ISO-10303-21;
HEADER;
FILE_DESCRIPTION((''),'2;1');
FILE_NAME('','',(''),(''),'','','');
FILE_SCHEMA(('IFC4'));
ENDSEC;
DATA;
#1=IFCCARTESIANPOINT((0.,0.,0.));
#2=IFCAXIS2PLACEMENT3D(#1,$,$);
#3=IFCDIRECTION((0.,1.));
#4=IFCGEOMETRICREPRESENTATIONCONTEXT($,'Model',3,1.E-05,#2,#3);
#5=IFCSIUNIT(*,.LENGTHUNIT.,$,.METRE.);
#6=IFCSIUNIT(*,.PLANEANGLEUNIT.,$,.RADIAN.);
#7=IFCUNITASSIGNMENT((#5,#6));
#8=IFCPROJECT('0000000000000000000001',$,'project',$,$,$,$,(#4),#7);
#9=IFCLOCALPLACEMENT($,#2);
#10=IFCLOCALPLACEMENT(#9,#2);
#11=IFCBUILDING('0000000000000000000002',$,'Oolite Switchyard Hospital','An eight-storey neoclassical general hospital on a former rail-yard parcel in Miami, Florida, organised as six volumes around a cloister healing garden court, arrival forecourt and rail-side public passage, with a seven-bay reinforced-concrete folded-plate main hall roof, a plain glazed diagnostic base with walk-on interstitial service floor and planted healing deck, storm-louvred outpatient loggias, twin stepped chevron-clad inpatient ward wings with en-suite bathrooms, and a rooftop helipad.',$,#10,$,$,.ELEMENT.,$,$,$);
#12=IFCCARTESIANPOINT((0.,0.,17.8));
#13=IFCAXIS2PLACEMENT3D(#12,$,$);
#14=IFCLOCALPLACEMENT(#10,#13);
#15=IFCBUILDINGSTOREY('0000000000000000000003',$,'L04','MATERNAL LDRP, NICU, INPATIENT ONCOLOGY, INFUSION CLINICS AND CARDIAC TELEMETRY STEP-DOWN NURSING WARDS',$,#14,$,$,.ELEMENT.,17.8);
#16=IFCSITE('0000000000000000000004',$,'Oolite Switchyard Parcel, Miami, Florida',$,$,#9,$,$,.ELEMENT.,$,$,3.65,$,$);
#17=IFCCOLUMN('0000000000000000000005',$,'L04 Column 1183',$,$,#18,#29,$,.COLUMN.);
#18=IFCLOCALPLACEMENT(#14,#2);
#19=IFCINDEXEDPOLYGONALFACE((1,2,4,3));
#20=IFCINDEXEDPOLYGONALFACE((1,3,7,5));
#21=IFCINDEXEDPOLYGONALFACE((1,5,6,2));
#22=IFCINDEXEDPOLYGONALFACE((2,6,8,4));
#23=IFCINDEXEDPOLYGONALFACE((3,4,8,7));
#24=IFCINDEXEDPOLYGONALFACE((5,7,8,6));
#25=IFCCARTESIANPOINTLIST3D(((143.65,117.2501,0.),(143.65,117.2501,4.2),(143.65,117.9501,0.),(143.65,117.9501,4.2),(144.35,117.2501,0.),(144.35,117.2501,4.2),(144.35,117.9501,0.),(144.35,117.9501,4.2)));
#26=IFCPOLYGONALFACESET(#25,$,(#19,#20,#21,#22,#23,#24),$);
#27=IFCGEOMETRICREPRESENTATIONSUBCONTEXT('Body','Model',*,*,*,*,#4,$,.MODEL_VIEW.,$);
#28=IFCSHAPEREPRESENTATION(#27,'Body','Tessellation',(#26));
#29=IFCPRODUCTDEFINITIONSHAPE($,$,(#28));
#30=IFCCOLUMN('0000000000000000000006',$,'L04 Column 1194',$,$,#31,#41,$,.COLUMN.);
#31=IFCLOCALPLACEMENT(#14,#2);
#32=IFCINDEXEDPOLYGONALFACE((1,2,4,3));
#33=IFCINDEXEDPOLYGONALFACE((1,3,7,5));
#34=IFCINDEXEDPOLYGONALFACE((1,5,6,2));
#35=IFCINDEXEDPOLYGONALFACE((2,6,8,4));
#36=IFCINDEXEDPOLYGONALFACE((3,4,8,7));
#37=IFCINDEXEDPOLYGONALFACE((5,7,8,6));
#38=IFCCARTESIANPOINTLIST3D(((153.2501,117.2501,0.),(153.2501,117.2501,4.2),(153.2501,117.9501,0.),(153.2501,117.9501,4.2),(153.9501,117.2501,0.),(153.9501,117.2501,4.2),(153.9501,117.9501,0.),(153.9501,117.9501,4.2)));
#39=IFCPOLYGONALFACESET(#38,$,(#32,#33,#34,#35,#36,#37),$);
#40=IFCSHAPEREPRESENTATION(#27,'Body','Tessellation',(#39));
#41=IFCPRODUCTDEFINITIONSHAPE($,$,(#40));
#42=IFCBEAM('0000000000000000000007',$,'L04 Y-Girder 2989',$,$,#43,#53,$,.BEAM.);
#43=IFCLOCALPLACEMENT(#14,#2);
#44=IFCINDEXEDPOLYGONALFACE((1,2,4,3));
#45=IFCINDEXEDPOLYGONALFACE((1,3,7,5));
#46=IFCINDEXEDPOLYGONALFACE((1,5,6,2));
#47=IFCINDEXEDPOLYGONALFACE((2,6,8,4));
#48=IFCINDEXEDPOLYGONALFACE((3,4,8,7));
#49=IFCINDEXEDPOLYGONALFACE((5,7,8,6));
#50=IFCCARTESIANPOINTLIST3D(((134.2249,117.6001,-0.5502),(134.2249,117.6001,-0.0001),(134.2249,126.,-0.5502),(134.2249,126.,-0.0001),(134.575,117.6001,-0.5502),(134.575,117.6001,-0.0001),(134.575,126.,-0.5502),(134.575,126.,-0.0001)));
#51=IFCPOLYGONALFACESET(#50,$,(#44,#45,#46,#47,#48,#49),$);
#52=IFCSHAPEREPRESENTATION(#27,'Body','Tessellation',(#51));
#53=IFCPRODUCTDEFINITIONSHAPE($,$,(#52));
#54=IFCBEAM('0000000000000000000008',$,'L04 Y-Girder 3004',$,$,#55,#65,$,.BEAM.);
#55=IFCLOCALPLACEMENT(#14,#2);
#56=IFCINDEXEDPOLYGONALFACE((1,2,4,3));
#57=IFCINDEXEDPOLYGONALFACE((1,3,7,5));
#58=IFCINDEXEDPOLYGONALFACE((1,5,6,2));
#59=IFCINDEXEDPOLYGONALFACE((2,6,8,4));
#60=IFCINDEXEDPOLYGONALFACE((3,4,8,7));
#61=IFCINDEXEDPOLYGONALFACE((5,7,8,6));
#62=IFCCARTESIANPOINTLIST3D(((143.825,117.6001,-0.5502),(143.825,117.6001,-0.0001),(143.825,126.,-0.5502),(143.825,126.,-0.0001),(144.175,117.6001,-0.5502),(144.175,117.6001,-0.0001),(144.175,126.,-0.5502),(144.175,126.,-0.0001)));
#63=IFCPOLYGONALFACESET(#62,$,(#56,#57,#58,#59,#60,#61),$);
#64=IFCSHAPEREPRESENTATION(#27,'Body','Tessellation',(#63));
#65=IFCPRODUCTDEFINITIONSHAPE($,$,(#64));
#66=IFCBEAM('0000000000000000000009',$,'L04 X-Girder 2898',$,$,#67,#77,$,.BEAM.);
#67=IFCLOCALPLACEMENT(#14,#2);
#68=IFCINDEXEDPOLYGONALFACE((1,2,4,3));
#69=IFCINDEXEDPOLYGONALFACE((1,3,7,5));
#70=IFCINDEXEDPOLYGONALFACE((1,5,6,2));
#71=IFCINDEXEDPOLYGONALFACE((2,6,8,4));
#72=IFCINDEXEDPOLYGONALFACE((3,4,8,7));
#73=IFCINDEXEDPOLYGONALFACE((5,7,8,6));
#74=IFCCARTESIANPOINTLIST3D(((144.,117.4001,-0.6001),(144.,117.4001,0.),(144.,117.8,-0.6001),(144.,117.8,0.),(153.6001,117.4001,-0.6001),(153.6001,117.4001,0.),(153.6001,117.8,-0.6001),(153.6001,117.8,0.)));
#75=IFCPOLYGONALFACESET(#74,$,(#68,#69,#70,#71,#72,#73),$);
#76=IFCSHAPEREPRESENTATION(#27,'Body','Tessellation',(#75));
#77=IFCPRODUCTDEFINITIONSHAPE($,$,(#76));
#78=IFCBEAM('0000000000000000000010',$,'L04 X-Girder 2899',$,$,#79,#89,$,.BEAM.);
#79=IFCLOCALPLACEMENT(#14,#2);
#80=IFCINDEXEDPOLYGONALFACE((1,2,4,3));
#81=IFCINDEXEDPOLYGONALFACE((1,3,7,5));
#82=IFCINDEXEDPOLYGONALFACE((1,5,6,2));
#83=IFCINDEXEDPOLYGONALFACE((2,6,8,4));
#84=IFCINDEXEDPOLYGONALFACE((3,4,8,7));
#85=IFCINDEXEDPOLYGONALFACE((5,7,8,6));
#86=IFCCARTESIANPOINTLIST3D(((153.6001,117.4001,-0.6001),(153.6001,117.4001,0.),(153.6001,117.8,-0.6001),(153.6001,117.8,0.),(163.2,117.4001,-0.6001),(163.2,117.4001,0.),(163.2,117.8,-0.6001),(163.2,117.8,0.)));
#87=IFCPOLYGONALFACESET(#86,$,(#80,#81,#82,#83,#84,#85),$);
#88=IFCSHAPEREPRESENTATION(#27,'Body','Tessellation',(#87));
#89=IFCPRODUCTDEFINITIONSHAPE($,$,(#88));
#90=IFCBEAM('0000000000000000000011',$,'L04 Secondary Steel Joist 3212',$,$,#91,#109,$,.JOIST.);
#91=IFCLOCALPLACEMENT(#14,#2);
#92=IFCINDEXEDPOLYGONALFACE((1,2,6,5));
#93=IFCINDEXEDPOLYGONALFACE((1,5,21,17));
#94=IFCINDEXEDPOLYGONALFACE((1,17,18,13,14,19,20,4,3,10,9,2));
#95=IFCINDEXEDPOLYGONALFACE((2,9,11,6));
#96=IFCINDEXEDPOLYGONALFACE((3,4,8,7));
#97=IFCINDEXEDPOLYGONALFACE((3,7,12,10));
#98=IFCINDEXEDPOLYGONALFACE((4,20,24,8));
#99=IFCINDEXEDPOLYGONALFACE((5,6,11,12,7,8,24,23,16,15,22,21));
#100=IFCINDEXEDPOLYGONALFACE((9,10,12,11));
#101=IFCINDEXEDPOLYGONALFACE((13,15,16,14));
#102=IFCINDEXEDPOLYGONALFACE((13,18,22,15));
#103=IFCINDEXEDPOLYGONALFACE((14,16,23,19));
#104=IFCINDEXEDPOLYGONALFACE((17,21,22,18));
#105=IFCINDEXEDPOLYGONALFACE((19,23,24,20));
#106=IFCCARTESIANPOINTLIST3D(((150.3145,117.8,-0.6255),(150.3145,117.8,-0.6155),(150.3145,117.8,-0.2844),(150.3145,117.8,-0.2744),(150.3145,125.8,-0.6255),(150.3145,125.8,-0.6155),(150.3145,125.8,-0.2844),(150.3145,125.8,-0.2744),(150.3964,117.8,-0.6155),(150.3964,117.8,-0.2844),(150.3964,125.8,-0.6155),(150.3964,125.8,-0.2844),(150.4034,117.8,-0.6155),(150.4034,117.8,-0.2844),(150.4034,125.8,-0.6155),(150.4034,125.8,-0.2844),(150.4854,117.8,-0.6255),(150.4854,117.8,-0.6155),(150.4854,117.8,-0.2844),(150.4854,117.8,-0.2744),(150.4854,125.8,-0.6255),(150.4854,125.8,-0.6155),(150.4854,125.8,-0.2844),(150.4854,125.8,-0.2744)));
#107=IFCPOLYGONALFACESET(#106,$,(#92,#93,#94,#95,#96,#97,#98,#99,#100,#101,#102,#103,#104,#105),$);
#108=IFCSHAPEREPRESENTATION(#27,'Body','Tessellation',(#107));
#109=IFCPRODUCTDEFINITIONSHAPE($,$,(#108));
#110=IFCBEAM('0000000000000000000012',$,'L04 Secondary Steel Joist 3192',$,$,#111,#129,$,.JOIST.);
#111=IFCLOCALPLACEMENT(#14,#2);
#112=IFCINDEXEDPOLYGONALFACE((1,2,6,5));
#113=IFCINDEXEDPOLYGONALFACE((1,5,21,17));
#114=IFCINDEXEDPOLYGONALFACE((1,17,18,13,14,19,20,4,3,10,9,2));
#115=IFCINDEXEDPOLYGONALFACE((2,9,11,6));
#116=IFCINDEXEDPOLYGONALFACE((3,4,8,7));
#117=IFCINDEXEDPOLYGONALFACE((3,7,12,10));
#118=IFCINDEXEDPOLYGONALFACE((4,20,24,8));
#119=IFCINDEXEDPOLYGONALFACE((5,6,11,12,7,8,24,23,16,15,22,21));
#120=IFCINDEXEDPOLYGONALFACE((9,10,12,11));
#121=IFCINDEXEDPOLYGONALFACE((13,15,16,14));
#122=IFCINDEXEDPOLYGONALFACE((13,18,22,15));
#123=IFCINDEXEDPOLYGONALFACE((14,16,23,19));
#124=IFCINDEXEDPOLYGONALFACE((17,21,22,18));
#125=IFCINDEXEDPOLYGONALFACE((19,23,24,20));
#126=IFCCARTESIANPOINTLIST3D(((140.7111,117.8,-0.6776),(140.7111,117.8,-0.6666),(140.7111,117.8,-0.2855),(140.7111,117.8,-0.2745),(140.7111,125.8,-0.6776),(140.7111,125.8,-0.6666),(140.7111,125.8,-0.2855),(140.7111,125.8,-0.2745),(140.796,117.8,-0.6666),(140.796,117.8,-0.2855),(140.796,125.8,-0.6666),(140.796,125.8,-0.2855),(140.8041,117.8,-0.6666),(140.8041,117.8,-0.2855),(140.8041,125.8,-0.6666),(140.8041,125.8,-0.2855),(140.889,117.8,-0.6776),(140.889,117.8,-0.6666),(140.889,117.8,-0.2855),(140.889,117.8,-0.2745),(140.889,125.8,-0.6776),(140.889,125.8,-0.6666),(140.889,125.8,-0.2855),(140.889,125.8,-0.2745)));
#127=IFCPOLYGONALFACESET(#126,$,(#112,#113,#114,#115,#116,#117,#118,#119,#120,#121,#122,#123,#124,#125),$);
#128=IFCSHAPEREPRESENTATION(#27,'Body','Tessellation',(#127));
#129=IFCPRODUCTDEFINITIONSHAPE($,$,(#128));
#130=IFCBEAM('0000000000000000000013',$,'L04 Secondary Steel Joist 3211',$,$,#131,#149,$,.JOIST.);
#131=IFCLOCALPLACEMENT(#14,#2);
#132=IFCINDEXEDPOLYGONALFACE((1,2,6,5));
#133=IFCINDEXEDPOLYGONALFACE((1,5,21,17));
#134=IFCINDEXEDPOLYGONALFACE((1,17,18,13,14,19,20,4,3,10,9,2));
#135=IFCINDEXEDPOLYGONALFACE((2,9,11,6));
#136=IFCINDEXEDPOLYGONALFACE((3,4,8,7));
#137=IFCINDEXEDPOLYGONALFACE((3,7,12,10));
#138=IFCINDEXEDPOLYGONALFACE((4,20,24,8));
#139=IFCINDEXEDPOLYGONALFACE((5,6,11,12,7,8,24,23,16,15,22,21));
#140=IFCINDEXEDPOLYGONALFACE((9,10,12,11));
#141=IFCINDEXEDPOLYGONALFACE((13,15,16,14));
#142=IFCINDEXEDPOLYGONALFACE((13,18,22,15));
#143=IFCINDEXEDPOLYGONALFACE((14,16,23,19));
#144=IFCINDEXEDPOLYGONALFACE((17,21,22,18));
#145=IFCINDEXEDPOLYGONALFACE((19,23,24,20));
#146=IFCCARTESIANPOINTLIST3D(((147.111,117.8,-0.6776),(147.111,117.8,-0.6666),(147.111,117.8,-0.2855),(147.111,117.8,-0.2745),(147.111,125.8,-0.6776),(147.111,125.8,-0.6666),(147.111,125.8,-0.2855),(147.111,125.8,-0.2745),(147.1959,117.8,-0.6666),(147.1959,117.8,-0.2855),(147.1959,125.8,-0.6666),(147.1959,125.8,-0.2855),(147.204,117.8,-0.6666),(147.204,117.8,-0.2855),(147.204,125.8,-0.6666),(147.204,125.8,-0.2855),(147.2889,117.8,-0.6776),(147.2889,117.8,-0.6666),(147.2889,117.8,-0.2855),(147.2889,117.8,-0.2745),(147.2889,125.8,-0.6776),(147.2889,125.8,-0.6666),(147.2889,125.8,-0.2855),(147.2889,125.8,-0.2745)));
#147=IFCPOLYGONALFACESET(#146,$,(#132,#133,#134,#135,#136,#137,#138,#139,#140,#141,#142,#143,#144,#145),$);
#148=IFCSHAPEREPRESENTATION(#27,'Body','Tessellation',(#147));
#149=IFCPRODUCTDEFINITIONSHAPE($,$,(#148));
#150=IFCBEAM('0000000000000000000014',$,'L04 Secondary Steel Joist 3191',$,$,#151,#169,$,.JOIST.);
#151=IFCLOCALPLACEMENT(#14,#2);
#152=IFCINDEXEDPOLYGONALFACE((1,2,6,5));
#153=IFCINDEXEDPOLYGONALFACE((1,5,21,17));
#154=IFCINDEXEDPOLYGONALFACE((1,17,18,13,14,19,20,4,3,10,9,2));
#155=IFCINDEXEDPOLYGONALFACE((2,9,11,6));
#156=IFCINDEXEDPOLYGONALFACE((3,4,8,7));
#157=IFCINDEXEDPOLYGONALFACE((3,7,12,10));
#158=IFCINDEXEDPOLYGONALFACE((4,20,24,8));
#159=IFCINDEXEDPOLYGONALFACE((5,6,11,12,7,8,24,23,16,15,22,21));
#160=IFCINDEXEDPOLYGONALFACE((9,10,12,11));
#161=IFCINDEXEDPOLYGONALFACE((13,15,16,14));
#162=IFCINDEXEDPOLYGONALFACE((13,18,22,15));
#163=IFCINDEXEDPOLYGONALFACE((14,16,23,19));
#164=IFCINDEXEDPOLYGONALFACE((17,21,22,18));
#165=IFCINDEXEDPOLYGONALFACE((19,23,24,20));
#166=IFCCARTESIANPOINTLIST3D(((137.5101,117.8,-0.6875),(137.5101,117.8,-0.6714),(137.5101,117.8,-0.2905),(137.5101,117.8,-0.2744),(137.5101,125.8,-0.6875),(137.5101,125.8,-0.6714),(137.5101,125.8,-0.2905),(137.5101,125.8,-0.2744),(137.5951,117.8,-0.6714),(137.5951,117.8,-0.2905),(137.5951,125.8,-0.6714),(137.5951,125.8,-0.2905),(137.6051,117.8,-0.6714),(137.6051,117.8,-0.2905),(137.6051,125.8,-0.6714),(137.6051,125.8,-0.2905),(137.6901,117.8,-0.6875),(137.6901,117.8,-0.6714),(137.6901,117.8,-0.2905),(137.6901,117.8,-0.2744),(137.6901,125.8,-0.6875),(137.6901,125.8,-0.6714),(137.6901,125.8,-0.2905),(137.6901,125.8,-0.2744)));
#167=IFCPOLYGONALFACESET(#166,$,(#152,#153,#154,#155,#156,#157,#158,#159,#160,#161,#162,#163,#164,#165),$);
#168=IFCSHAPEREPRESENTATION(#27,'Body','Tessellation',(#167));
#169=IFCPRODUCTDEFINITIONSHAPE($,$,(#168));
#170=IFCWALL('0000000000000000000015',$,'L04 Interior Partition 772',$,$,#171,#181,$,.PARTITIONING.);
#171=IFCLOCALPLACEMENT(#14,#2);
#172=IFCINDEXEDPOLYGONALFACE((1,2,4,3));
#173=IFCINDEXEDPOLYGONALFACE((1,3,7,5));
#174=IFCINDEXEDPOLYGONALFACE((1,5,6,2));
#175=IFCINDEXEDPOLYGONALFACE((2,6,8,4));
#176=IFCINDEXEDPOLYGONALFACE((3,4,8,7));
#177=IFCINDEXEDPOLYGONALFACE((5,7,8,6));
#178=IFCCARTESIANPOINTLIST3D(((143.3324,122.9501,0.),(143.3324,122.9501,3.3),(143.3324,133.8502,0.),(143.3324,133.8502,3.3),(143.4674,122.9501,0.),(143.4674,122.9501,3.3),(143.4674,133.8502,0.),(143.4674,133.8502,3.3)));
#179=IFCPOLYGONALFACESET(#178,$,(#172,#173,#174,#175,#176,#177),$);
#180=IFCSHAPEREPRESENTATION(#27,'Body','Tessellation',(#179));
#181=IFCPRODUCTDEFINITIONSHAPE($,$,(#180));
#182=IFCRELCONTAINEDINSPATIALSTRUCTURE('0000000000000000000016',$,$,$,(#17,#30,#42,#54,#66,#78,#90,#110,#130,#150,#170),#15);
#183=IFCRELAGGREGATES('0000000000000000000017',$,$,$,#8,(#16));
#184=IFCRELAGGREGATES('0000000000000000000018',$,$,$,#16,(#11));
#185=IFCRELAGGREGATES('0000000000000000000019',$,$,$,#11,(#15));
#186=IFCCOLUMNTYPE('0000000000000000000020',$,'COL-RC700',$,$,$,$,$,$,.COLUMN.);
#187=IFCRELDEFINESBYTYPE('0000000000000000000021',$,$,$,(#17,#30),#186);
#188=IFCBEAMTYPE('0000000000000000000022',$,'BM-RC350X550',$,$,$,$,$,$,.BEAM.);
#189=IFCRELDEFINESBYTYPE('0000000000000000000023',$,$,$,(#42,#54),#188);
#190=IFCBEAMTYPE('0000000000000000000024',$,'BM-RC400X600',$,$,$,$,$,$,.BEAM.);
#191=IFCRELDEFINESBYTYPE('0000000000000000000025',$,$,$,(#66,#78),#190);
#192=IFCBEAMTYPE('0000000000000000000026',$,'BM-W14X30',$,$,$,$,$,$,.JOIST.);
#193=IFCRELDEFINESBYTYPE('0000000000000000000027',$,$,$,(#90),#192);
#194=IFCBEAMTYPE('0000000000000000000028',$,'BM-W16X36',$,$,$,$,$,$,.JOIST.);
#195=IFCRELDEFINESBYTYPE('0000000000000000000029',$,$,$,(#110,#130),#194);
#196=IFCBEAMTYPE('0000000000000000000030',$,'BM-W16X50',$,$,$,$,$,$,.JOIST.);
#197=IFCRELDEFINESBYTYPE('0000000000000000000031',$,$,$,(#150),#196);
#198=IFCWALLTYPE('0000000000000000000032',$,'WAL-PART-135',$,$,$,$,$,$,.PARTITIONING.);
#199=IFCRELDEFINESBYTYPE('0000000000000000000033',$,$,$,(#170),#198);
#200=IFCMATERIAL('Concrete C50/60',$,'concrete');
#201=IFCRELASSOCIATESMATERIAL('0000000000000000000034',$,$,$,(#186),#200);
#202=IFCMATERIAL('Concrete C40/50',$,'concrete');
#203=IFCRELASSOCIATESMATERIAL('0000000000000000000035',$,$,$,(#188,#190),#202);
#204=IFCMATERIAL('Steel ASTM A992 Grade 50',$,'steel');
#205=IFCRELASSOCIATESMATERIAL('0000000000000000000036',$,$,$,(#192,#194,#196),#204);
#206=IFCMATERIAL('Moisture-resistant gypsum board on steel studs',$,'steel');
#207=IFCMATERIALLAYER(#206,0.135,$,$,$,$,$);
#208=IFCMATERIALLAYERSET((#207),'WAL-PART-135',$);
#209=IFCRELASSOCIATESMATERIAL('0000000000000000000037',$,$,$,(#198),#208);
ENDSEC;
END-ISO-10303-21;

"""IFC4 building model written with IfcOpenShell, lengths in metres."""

from ifc_helpers import new_model, si_unit, direction, frame, frame_2d, origin, origin_2d, place, context, subcontext, project, spatial, rectangle, i_section, extrude, material, layer, layer_set, material_profile, profile_set, type_object, element, save


model = new_model("IFC4")

# Units and contexts
model_context = context("Model", 3, precision=1e-05, world=origin(), true_north=direction((0.0, 1.0)))
body_context = subcontext(model_context, "Body", "Model", "MODEL_VIEW")
ifc_project = project(units=[si_unit("LENGTHUNIT", "METRE"), si_unit("PLANEANGLEUNIT", "RADIAN")], contexts=[model_context])

# Site, building, storey
site_placement = place(None, origin())
site = spatial("IfcSite", under=ifc_project, at=site_placement, Name="Oolite Switchyard Parcel, Miami, Florida", CompositionType="ELEMENT", RefElevation=3.65)
building_placement = place(site_placement, origin())
building = spatial("IfcBuilding", under=site, at=building_placement, Name="Oolite Switchyard Hospital", Description="An eight-storey neoclassical general hospital on a former rail-yard parcel in Miami, Florida, organised as six volumes around a cloister healing garden court, arrival forecourt and rail-side public passage, with a seven-bay reinforced-concrete folded-plate main hall roof, a plain glazed diagnostic base with walk-on interstitial service floor and planted healing deck, storm-louvred outpatient loggias, twin stepped chevron-clad inpatient ward wings with en-suite bathrooms, and a rooftop helipad.", CompositionType="ELEMENT")
storey_placement = place(building_placement, frame((0.0, 0.0, 17.8)))
storey = spatial("IfcBuildingStorey", under=building, at=storey_placement, Name="L04", Description="MATERNAL LDRP, NICU, INPATIENT ONCOLOGY, INFUSION CLINICS AND CARDIAC TELEMETRY STEP-DOWN NURSING WARDS", CompositionType="ELEMENT", Elevation=17.8)

# Columns
ifc_material_1 = material(Name="Concrete C50/60", Category="concrete")
ifc_material_profile_1 = material_profile(ifc_material_1, rectangle(XDim=0.7, YDim=0.7, at=origin_2d()), Name="RC700X700")
ifc_profile_set_1 = profile_set([ifc_material_profile_1], Name="Concrete C50/60")
column_type = type_object("IfcColumnType", Name="COL-RC700", PredefinedType="COLUMN", material=ifc_profile_set_1)
for number, where, z_axis, x_axis, name in (
    (1, (144.0, 117.6001, 0.0), (0.0, 0.0, 1.0), (1.0, 0.0, 0.0), "L04 Column 1183"),
    (2, (153.6001, 117.6001, 0.0), (0.0, 0.0, 1.0), (1.0, 0.0, 0.0), "L04 Column 1194"),
):
    element("IfcColumn", number, at=place(storey_placement, frame(where, z_axis=z_axis, x_axis=x_axis)), inside=storey, type_object=column_type, Name=name, PredefinedType="COLUMN", context=body_context, shape_type="SweptSolid", body=[
        extrude(rectangle(XDim=0.7, YDim=0.7, at=origin_2d()), origin(), (0.0, 0.0, 1.0), 4.2),
    ])

# Beams
ifc_material_2 = material(Name="Concrete C40/50", Category="concrete")
ifc_material_profile_2 = material_profile(ifc_material_2, rectangle(XDim=0.3501, YDim=0.55, at=origin_2d()), Name="RCB350X550")
ifc_profile_set_2 = profile_set([ifc_material_profile_2], Name="Concrete C40/50")
beam_type_1 = type_object("IfcBeamType", Name="BM-RC350X550", PredefinedType="BEAM", material=ifc_profile_set_2)
for number, where, z_axis, x_axis, name in (
    (3, (134.3999, 117.6001, -0.2751), (0.0, 1.0, 0.0), (-1.0, 0.0, 0.0), "L04 Y-Girder 2989"),
    (4, (144.0, 117.6001, -0.2751), (0.0, 1.0, 0.0), (-1.0, 0.0, 0.0), "L04 Y-Girder 3004"),
):
    element("IfcBeam", number, at=place(storey_placement, frame(where, z_axis=z_axis, x_axis=x_axis)), inside=storey, type_object=beam_type_1, Name=name, PredefinedType="BEAM", context=body_context, shape_type="SweptSolid", body=[
        extrude(rectangle(XDim=0.3501, YDim=0.55, at=origin_2d()), origin(), (0.0, 0.0, 1.0), 8.3999),
    ])
ifc_material_profile_3 = material_profile(ifc_material_2, rectangle(XDim=0.3999, YDim=0.6001, at=origin_2d()), Name="RCB400X600")
ifc_profile_set_3 = profile_set([ifc_material_profile_3], Name="Concrete C40/50")
beam_type_2 = type_object("IfcBeamType", Name="BM-RC400X600", PredefinedType="BEAM", material=ifc_profile_set_3)
beam_1_placement = place(storey_placement, frame((144.0, 117.6001, -0.3), z_axis=(1.0, 0.0, 0.0), x_axis=(0.0, 1.0, 0.0)))
element("IfcBeam", 5, at=beam_1_placement, inside=storey, type_object=beam_type_2, Name="L04 X-Girder 2898", PredefinedType="BEAM", context=body_context, shape_type="SweptSolid", body=[
    extrude(rectangle(XDim=0.3999, YDim=0.6001, at=origin_2d()), origin(), (0.0, 0.0, 1.0), 9.6001),
])
beam_2_placement = place(storey_placement, frame((153.6001, 117.6001, -0.3), z_axis=(1.0, 0.0, 0.0), x_axis=(0.0, 1.0, 0.0)))
element("IfcBeam", 6, at=beam_2_placement, inside=storey, type_object=beam_type_2, Name="L04 X-Girder 2899", PredefinedType="BEAM", context=body_context, shape_type="SweptSolid", body=[
    extrude(rectangle(XDim=0.3999, YDim=0.6001, at=origin_2d()), origin(), (0.0, 0.0, 1.0), 9.5999),
])
ifc_material_3 = material(Name="Steel ASTM A992 Grade 50", Category="steel")
ifc_material_profile_4 = material_profile(ifc_material_3, i_section(OverallWidth=0.1709, OverallDepth=0.3511, WebThickness=0.0071, FlangeThickness=0.01, at=origin_2d()), Name="W14X30")
ifc_profile_set_4 = profile_set([ifc_material_profile_4], Name="Steel ASTM A992 Grade 50")
beam_type_3 = type_object("IfcBeamType", Name="BM-W14X30", PredefinedType="JOIST", material=ifc_profile_set_4)
beam_3_placement = place(storey_placement, frame((150.3999, 117.8, -0.45), z_axis=(0.0, 1.0, 0.0), x_axis=(-1.0, 0.0, 0.0)))
element("IfcBeam", 7, at=beam_3_placement, inside=storey, type_object=beam_type_3, Name="L04 Secondary Steel Joist 3212", PredefinedType="JOIST", context=body_context, shape_type="SweptSolid", body=[
    extrude(i_section(OverallWidth=0.1709, OverallDepth=0.3511, WebThickness=0.0071, FlangeThickness=0.01, at=origin_2d()), origin(), (0.0, 0.0, 1.0), 8.0),
])
ifc_material_profile_5 = material_profile(ifc_material_3, i_section(OverallWidth=0.178, OverallDepth=0.4031, WebThickness=0.0081, FlangeThickness=0.011, at=origin_2d()), Name="W16X36")
ifc_profile_set_5 = profile_set([ifc_material_profile_5], Name="Steel ASTM A992 Grade 50")
beam_type_4 = type_object("IfcBeamType", Name="BM-W16X36", PredefinedType="JOIST", material=ifc_profile_set_5)
for number, where, z_axis, x_axis, name in (
    (8, (140.8, 117.8, -0.4761), (0.0, 1.0, 0.0), (-1.0, 0.0, 0.0), "L04 Secondary Steel Joist 3192"),
    (9, (147.2, 117.8, -0.4761), (0.0, 1.0, 0.0), (-1.0, 0.0, 0.0), "L04 Secondary Steel Joist 3211"),
):
    element("IfcBeam", number, at=place(storey_placement, frame(where, z_axis=z_axis, x_axis=x_axis)), inside=storey, type_object=beam_type_4, Name=name, PredefinedType="JOIST", context=body_context, shape_type="SweptSolid", body=[
        extrude(i_section(OverallWidth=0.178, OverallDepth=0.4031, WebThickness=0.0081, FlangeThickness=0.011, at=origin_2d()), origin(), (0.0, 0.0, 1.0), 8.0),
    ])
ifc_material_profile_6 = material_profile(ifc_material_3, i_section(OverallWidth=0.1799, OverallDepth=0.4131, WebThickness=0.01, FlangeThickness=0.0161, at=origin_2d()), Name="W16X50")
ifc_profile_set_6 = profile_set([ifc_material_profile_6], Name="Steel ASTM A992 Grade 50")
beam_type_5 = type_object("IfcBeamType", Name="BM-W16X50", PredefinedType="JOIST", material=ifc_profile_set_6)
beam_4_placement = place(storey_placement, frame((137.6001, 117.8, -0.481), z_axis=(0.0, 1.0, 0.0), x_axis=(-1.0, 0.0, 0.0)))
element("IfcBeam", 10, at=beam_4_placement, inside=storey, type_object=beam_type_5, Name="L04 Secondary Steel Joist 3191", PredefinedType="JOIST", context=body_context, shape_type="SweptSolid", body=[
    extrude(i_section(OverallWidth=0.1799, OverallDepth=0.4131, WebThickness=0.01, FlangeThickness=0.0161, at=origin_2d()), origin(), (0.0, 0.0, 1.0), 8.0),
])

# Wall
ifc_material_4 = material(Name="Moisture-resistant gypsum board on steel studs", Category="steel")
ifc_layer_1 = layer(ifc_material_4, 0.135)
ifc_layer_set_1 = layer_set([ifc_layer_1], Name="WAL-PART-135")
wall_type_1 = type_object("IfcWallType", Name="WAL-PART-135", PredefinedType="PARTITIONING", material=ifc_layer_set_1)
wall_1_placement = place(storey_placement, frame((143.3999, 122.95, 0.0), z_axis=(0.0, 0.0, 1.0), x_axis=(0.0, 1.0, 0.0)))
element("IfcWall", 11, at=wall_1_placement, inside=storey, type_object=wall_type_1, Name="L04 Interior Partition 772", PredefinedType="PARTITIONING", context=body_context, shape_type="SweptSolid", body=[
    extrude(rectangle(XDim=10.9001, YDim=0.135, at=frame_2d((5.4502, 0.0))), origin(), (0.0, 0.0, 1.0), 3.3),
])

save(model, "model.ifc")
